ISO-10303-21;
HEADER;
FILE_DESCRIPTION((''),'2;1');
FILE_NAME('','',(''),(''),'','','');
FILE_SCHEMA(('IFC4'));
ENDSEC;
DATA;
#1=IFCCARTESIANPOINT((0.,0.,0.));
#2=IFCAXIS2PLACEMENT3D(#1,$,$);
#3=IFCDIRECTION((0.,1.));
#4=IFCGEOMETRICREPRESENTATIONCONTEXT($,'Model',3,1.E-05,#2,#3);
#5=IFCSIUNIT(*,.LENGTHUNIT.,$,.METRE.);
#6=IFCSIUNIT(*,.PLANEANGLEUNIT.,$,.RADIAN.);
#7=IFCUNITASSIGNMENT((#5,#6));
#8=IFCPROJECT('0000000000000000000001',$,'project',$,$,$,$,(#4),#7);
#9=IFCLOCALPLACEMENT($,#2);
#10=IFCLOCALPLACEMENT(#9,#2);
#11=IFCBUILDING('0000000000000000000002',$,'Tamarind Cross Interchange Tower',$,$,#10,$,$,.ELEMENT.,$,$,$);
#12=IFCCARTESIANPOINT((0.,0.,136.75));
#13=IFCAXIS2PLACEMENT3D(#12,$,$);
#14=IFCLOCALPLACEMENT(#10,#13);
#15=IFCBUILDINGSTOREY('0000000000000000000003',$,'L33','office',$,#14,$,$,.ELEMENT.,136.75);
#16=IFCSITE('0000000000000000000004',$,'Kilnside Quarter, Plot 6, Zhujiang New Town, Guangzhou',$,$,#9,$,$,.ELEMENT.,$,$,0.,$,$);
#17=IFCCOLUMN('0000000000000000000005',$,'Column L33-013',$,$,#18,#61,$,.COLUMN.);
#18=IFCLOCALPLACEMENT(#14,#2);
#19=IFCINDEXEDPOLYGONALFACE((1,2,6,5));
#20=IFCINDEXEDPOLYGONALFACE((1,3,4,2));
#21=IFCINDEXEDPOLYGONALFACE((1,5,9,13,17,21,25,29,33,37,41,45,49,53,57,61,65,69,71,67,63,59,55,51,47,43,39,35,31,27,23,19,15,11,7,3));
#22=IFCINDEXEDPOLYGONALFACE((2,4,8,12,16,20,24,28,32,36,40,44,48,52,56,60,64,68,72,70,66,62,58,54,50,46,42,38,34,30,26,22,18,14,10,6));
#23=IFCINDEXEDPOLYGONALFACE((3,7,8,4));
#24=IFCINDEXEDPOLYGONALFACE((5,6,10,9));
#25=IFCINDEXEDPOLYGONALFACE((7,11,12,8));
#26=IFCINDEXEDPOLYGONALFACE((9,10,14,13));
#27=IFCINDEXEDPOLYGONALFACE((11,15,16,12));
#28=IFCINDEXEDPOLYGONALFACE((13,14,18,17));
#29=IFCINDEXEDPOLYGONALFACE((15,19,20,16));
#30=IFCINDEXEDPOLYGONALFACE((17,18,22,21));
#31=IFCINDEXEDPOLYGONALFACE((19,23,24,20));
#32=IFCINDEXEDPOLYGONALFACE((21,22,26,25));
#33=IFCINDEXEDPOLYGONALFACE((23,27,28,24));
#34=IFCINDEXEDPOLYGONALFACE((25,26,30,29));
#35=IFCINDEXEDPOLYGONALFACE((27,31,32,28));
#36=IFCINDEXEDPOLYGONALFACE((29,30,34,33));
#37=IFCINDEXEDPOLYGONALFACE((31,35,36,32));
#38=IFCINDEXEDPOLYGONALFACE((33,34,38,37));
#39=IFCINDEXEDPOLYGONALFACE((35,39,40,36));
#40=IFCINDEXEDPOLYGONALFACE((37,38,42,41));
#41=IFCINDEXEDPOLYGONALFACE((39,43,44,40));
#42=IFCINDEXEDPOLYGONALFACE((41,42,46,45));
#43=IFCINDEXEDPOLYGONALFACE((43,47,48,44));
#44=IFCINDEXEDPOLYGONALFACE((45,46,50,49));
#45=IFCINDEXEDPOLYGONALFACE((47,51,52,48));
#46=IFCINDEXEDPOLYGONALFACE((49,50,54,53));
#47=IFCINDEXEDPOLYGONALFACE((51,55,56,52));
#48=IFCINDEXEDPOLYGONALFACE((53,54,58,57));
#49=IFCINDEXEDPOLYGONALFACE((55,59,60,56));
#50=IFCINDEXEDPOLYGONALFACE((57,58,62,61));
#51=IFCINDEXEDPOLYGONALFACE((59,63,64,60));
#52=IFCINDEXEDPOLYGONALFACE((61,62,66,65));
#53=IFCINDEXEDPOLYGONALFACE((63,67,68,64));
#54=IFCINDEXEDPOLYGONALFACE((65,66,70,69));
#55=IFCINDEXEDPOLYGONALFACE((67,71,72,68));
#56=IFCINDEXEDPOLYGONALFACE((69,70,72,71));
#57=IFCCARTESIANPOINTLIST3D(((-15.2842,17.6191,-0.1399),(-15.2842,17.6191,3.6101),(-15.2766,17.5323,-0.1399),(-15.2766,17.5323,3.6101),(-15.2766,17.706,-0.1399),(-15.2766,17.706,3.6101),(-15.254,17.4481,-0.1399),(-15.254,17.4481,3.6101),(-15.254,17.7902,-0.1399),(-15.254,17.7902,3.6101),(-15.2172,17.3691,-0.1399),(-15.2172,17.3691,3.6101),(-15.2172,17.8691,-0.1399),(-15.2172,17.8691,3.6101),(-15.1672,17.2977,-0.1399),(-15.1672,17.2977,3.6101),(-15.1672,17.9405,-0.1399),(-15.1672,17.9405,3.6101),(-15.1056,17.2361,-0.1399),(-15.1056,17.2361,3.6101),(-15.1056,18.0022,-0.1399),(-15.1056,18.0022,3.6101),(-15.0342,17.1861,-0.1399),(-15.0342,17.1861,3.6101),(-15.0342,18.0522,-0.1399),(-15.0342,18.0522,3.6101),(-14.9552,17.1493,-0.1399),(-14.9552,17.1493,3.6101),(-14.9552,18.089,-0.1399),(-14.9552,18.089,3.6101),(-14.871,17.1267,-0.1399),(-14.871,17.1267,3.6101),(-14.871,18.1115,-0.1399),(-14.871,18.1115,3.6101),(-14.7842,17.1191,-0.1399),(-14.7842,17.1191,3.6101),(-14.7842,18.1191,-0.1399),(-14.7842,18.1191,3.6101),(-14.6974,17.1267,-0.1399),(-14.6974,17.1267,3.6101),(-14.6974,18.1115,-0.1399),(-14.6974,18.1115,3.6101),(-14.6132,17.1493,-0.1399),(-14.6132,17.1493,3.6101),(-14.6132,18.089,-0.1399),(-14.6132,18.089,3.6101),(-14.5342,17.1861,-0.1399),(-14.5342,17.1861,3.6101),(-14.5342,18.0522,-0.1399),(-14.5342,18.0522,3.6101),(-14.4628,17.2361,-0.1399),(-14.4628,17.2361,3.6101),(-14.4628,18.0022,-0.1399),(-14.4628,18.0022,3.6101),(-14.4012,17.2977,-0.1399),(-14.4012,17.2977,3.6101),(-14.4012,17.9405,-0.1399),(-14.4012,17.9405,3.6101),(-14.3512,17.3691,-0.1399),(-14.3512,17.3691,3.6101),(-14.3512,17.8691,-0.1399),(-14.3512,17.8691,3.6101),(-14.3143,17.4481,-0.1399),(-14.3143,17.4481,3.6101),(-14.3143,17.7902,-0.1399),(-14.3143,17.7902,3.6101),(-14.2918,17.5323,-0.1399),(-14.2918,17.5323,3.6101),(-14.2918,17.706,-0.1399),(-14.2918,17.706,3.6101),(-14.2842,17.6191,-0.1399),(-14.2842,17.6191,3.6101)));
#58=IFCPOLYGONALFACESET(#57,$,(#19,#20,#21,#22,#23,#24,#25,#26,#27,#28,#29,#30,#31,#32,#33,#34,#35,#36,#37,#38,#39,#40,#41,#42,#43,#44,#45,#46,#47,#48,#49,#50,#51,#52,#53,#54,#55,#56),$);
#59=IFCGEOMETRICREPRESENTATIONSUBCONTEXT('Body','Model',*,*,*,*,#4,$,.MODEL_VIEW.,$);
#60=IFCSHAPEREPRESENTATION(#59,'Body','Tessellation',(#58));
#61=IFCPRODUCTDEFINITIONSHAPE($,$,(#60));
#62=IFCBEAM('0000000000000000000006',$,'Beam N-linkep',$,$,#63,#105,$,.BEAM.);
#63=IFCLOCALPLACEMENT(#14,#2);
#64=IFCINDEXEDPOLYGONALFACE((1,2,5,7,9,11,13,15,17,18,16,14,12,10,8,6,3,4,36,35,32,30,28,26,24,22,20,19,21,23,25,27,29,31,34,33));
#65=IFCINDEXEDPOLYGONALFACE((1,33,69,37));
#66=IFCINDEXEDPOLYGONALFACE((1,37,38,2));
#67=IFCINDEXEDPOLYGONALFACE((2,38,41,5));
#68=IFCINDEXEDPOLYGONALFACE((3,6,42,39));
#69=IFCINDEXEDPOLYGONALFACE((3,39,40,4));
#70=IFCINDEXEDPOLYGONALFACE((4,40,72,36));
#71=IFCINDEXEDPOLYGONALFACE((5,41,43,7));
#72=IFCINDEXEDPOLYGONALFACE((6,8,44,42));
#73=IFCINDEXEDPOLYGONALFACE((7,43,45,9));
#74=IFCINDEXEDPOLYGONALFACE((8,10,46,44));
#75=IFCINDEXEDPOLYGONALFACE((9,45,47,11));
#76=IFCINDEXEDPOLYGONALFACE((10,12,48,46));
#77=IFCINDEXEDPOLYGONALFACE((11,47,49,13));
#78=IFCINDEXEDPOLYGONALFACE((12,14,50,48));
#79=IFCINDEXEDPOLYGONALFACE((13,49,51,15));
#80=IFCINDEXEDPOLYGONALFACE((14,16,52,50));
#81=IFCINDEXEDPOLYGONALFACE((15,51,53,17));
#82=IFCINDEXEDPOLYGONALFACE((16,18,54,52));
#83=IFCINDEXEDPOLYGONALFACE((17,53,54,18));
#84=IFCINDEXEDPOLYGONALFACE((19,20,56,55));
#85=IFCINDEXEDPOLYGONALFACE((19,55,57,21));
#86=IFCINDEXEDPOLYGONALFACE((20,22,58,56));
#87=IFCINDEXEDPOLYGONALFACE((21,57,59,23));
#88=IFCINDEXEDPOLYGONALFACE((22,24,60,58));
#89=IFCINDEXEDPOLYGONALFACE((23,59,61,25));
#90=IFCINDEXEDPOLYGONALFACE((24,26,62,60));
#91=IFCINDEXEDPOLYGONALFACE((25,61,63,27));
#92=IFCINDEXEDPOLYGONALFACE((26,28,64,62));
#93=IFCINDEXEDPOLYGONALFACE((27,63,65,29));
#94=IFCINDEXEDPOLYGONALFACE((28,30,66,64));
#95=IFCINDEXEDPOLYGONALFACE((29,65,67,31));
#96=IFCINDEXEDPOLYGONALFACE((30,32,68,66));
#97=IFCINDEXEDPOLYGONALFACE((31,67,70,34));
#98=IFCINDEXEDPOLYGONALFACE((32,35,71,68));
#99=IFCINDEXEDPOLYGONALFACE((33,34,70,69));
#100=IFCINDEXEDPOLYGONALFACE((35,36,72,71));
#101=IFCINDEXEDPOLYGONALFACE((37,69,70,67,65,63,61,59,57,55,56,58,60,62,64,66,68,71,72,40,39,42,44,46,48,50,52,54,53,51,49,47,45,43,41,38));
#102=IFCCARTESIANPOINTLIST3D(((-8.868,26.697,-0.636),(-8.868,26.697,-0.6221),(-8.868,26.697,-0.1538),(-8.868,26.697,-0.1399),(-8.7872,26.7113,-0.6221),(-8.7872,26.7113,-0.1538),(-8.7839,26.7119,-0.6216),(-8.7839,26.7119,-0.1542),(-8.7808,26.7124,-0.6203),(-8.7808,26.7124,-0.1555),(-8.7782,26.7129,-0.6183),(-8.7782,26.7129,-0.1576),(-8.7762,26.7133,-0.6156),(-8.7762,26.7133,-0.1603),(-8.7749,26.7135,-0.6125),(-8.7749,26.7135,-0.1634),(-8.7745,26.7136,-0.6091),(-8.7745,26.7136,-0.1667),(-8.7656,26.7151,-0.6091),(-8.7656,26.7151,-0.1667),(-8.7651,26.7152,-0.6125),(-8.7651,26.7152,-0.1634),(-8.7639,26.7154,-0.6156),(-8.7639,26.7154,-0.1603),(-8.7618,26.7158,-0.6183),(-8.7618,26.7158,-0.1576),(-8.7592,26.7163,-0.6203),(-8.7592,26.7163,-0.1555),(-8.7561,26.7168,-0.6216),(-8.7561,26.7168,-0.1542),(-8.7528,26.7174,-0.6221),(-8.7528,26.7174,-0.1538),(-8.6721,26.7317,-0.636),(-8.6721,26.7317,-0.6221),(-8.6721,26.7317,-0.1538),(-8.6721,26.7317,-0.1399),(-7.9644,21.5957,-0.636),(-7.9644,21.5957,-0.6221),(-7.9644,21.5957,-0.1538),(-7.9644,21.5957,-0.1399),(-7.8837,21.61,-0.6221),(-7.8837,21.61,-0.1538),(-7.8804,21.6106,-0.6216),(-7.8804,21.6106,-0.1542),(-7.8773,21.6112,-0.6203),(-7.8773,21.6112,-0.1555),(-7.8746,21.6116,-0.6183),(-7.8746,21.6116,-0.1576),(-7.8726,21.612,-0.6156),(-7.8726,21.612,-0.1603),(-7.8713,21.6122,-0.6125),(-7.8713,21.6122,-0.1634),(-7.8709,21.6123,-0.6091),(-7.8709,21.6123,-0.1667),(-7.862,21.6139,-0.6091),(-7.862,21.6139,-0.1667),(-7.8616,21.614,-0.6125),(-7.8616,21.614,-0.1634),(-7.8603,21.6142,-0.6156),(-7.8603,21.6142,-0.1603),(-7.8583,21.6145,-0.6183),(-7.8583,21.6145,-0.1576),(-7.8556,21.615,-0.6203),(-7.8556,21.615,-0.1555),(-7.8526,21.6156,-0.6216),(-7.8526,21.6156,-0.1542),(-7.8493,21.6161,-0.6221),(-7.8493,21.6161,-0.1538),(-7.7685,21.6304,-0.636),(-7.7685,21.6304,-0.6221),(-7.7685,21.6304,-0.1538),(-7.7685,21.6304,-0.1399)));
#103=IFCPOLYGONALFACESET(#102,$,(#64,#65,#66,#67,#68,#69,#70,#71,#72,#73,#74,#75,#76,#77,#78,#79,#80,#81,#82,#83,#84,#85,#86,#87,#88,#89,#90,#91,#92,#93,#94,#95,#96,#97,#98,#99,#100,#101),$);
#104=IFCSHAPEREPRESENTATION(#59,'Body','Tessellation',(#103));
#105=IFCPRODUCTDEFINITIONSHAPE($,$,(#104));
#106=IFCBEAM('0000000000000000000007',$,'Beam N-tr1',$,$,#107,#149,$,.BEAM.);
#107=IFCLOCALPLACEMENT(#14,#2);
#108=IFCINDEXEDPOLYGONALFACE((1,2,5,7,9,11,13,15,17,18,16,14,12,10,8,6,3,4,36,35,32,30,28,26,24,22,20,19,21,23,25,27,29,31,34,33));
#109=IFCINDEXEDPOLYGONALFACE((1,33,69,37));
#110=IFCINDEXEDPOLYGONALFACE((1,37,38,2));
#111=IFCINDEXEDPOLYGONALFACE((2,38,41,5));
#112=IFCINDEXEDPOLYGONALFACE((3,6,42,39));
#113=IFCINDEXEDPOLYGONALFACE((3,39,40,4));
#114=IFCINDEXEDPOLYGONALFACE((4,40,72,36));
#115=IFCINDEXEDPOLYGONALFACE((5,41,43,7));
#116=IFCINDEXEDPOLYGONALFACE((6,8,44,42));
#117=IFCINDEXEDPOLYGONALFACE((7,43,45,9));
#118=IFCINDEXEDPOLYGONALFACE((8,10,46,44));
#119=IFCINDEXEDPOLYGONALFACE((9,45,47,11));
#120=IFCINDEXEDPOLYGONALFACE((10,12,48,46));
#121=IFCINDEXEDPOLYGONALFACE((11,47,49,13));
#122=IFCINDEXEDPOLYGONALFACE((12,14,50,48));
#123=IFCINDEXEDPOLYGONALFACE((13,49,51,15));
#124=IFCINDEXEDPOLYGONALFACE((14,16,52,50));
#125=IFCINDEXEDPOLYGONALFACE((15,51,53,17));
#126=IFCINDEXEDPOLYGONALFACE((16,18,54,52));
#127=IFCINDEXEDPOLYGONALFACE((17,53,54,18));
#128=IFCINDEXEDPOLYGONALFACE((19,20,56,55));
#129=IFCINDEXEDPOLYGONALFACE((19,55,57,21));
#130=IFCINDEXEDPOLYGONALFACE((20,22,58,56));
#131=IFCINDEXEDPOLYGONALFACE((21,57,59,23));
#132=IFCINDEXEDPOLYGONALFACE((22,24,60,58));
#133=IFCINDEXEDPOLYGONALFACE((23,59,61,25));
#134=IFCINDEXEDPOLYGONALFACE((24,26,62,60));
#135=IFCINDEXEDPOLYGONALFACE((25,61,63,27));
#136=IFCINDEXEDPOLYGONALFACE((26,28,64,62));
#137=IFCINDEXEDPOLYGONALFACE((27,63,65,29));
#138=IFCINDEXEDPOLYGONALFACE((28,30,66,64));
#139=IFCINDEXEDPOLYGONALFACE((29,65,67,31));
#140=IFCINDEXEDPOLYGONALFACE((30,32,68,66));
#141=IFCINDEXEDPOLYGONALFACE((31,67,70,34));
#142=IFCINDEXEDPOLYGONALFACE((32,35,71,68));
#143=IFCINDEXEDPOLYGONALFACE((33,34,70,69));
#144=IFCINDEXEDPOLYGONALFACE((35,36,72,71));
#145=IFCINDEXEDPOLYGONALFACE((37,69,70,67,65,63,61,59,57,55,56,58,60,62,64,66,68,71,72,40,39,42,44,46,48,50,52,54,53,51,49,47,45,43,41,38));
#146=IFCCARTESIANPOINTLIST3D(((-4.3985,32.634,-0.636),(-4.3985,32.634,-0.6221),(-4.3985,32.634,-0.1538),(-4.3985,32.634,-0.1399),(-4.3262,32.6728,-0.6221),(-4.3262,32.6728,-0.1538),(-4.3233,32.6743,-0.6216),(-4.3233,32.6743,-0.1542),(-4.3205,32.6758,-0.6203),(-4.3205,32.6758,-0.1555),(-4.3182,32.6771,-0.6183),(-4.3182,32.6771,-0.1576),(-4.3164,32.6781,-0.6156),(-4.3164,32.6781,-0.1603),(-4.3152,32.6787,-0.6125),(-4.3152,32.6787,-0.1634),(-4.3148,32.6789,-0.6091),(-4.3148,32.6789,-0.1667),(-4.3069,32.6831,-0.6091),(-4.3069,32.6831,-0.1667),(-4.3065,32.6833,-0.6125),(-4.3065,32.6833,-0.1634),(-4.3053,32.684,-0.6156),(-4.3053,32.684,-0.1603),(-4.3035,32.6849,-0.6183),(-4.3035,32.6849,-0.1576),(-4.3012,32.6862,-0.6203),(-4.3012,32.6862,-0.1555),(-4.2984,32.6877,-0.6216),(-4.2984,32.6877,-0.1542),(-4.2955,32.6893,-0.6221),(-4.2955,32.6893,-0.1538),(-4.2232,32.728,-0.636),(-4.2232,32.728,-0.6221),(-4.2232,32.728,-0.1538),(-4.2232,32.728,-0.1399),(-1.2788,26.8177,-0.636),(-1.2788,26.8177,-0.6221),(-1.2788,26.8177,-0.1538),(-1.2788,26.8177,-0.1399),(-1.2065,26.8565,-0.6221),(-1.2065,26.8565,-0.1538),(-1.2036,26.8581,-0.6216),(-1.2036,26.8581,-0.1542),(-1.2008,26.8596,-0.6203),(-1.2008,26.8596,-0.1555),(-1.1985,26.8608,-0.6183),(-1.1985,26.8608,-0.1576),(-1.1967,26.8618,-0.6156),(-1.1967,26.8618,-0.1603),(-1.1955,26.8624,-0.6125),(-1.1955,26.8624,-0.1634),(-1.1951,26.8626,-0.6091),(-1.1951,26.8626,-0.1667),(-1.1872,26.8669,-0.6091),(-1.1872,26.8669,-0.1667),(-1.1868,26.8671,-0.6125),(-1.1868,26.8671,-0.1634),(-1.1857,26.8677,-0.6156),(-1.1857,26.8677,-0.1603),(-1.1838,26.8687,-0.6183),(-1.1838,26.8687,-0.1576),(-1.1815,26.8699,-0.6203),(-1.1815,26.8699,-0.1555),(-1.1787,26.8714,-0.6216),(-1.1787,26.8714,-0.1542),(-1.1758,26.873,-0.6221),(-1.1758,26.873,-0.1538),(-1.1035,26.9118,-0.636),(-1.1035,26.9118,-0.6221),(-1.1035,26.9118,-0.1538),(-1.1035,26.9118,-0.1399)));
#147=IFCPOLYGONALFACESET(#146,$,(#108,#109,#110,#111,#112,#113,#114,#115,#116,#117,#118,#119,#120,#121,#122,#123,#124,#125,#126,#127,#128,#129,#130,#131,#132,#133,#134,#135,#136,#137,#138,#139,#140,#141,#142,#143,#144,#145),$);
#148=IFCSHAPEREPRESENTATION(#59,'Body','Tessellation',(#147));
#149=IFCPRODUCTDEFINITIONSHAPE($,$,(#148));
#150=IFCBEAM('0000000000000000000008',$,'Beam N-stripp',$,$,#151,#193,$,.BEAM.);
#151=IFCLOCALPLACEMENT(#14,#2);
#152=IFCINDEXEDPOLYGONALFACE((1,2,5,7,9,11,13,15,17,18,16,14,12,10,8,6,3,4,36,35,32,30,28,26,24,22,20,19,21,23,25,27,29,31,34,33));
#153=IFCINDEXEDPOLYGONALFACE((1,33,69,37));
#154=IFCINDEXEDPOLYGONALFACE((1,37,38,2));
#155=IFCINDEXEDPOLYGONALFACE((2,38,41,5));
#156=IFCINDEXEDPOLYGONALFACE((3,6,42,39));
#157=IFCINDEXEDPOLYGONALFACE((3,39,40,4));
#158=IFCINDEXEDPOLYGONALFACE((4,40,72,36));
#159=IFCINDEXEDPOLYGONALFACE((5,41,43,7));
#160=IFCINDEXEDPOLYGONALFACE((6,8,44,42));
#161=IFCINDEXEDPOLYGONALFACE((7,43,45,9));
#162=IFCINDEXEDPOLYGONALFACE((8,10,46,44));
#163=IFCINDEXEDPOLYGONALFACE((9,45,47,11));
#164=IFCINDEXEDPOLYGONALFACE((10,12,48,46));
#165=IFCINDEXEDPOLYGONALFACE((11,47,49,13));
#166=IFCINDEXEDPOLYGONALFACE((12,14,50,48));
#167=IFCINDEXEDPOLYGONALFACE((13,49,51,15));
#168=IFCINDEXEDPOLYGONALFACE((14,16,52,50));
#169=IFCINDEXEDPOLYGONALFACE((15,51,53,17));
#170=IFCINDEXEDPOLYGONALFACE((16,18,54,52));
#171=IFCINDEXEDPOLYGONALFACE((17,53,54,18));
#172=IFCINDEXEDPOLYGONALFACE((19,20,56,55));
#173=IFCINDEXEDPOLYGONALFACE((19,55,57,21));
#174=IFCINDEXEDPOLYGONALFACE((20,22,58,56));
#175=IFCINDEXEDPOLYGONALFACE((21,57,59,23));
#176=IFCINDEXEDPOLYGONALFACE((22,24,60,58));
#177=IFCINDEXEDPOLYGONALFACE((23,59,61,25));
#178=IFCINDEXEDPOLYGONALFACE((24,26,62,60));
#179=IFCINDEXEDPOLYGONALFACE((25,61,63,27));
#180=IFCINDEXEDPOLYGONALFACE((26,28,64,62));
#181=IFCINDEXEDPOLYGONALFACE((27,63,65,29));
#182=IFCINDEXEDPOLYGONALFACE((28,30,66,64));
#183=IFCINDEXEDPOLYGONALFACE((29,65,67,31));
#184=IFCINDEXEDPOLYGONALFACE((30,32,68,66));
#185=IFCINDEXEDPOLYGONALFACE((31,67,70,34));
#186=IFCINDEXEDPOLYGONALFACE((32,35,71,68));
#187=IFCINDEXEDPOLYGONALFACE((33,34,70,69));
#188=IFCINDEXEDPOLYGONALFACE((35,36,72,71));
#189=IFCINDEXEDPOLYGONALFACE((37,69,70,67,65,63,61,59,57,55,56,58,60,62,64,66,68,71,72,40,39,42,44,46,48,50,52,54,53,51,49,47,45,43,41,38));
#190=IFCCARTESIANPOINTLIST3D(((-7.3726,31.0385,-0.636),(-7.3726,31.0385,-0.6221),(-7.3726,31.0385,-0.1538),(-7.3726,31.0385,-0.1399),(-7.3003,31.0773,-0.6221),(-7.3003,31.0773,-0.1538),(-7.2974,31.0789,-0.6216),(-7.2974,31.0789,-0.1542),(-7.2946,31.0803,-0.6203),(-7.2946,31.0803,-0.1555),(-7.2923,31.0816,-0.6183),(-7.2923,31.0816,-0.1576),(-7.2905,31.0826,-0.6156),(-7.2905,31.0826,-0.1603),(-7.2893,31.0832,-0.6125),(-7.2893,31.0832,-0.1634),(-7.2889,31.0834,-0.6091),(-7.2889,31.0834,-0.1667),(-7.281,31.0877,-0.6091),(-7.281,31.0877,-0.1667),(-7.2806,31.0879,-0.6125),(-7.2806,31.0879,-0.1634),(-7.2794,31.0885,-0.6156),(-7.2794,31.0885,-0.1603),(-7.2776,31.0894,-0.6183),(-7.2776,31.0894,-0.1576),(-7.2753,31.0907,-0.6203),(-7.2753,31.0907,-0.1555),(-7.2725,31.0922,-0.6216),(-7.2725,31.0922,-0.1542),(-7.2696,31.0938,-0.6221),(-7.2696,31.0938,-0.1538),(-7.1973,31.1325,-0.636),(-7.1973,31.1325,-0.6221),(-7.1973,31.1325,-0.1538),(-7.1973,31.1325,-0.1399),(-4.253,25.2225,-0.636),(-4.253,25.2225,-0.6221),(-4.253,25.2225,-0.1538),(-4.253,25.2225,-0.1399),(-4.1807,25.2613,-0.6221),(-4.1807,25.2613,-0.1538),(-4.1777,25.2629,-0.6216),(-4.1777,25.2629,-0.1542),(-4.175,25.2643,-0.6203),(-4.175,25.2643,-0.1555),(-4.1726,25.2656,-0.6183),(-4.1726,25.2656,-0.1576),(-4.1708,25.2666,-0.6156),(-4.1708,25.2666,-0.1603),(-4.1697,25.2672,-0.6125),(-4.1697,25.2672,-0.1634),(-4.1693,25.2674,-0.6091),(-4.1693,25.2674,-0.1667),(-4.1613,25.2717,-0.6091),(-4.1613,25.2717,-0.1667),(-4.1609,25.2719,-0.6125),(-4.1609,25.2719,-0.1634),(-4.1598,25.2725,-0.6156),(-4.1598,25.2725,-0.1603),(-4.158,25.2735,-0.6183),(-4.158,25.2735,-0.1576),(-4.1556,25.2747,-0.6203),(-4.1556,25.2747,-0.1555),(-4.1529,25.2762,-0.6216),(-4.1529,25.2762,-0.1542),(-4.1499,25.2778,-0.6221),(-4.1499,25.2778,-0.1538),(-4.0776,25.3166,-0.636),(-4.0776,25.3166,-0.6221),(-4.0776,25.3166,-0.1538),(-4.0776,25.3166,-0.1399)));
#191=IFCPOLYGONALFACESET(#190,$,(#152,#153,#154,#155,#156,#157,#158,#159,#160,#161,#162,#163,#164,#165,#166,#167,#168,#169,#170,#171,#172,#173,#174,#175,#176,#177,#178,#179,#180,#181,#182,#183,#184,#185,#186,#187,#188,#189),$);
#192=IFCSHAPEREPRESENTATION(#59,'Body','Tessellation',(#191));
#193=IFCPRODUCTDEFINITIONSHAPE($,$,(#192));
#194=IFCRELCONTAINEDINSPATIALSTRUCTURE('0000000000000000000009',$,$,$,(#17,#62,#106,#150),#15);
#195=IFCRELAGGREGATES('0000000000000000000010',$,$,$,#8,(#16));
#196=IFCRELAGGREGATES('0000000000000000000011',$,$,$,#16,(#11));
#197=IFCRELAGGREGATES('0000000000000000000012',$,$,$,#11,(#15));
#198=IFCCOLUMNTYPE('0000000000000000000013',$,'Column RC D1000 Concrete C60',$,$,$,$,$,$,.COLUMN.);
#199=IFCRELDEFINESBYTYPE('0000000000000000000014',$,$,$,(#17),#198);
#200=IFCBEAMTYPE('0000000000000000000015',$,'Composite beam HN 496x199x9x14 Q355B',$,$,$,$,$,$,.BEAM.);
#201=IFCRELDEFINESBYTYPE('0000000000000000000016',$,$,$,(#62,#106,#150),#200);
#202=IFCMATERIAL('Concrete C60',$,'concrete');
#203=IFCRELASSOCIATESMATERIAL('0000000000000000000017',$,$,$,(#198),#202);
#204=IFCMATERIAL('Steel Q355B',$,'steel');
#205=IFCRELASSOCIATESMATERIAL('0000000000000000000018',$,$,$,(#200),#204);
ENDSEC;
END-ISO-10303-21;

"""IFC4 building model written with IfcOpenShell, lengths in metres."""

from ifc_helpers import new_model, si_unit, direction, frame, origin, origin_2d, place, context, subcontext, project, spatial, circle, i_section, extrude, material, material_profile, profile_set, type_object, element, save


model = new_model("IFC4")

# Units and contexts
model_context = context("Model", 3, precision=1e-05, world=origin(), true_north=direction((0.0, 1.0)))
body_context = subcontext(model_context, "Body", "Model", "MODEL_VIEW")
ifc_project = project(units=[si_unit("LENGTHUNIT", "METRE"), si_unit("PLANEANGLEUNIT", "RADIAN")], contexts=[model_context])

# Site, building, storey
site_placement = place(None, origin())
site = spatial("IfcSite", under=ifc_project, at=site_placement, Name="Kilnside Quarter, Plot 6, Zhujiang New Town, Guangzhou", CompositionType="ELEMENT", RefElevation=0.0)
building_placement = place(site_placement, origin())
building = spatial("IfcBuilding", under=site, at=building_placement, Name="Tamarind Cross Interchange Tower", CompositionType="ELEMENT")
storey_placement = place(building_placement, frame((0.0, 0.0, 136.75)))
storey = spatial("IfcBuildingStorey", under=building, at=storey_placement, Name="L33", Description="office", CompositionType="ELEMENT", Elevation=136.75)

# Column
ifc_material_1 = material(Name="Concrete C60", Category="concrete")
ifc_material_profile_1 = material_profile(ifc_material_1, circle(Radius=0.5, at=origin_2d()), Name="RC D1000")
ifc_profile_set_1 = profile_set([ifc_material_profile_1], Name="Concrete C60")
column_type_1 = type_object("IfcColumnType", Name="Column RC D1000 Concrete C60", PredefinedType="COLUMN", material=ifc_profile_set_1)
for number, where, z_axis, x_axis, name in (
    (1, (-14.7842, 17.6191, -0.1399), (0.0, 0.0, 1.0), (1.0, 0.0, 0.0), "Column L33-013"),
):
    element("IfcColumn", number, at=place(storey_placement, frame(where, z_axis=z_axis, x_axis=x_axis)), inside=storey, type_object=column_type_1, Name=name, PredefinedType="COLUMN", context=body_context, shape_type="SweptSolid", body=[
        extrude(circle(Radius=0.5, at=origin_2d()), origin(), (0.0, 0.0, 1.0), 3.75),
    ])

# Beams
ifc_material_2 = material(Name="Steel Q355B", Category="steel")
ifc_material_profile_2 = material_profile(ifc_material_2, i_section(OverallWidth=0.199, OverallDepth=0.4961, WebThickness=0.009, FlangeThickness=0.0139, FilletRadius=0.0129, at=origin_2d()), Name="HN 496x199x9x14")
ifc_profile_set_2 = profile_set([ifc_material_profile_2], Name="Steel Q355B")
beam_type_1 = type_object("IfcBeamType", Name="Composite beam HN 496x199x9x14 Q355B", PredefinedType="BEAM", material=ifc_profile_set_2)
beam_1_placement = place(storey_placement, frame((-8.77, 26.7144, -0.3879), z_axis=(0.174409, -0.984673, 0.0), x_axis=(0.984673, 0.174409, 0.0)))
element("IfcBeam", 2, at=beam_1_placement, inside=storey, type_object=beam_type_1, Name="Beam N-linkep", PredefinedType="BEAM", context=body_context, shape_type="SweptSolid", body=[
    extrude(i_section(OverallWidth=0.199, OverallDepth=0.4961, WebThickness=0.009, FlangeThickness=0.0139, FilletRadius=0.0129, at=origin_2d()), origin(), (0.0, 0.0, 1.0), 5.1807),
])
beam_2_placement = place(storey_placement, frame((-1.1912, 26.8647, -0.3879), z_axis=(-0.472672, 0.881238, 0.0), x_axis=(-0.881238, -0.472672, 0.0)))
element("IfcBeam", 3, at=beam_2_placement, inside=storey, type_object=beam_type_1, Name="Beam N-tr1", PredefinedType="BEAM", context=body_context, shape_type="SweptSolid", body=[
    extrude(i_section(OverallWidth=0.199, OverallDepth=0.4961, WebThickness=0.009, FlangeThickness=0.0139, FilletRadius=0.0129, at=origin_2d()), origin(), (0.0, 0.0, 1.0), 6.6001),
])
beam_3_placement = place(storey_placement, frame((-4.1653, 25.2695, -0.3879), z_axis=(-0.472687, 0.88123, 0.0), x_axis=(-0.88123, -0.472687, 0.0)))
element("IfcBeam", 4, at=beam_3_placement, inside=storey, type_object=beam_type_1, Name="Beam N-stripp", PredefinedType="BEAM", context=body_context, shape_type="SweptSolid", body=[
    extrude(i_section(OverallWidth=0.199, OverallDepth=0.4961, WebThickness=0.009, FlangeThickness=0.0139, FilletRadius=0.0129, at=origin_2d()), origin(), (0.0, 0.0, 1.0), 6.5999),
])

save(model, "model.ifc")
